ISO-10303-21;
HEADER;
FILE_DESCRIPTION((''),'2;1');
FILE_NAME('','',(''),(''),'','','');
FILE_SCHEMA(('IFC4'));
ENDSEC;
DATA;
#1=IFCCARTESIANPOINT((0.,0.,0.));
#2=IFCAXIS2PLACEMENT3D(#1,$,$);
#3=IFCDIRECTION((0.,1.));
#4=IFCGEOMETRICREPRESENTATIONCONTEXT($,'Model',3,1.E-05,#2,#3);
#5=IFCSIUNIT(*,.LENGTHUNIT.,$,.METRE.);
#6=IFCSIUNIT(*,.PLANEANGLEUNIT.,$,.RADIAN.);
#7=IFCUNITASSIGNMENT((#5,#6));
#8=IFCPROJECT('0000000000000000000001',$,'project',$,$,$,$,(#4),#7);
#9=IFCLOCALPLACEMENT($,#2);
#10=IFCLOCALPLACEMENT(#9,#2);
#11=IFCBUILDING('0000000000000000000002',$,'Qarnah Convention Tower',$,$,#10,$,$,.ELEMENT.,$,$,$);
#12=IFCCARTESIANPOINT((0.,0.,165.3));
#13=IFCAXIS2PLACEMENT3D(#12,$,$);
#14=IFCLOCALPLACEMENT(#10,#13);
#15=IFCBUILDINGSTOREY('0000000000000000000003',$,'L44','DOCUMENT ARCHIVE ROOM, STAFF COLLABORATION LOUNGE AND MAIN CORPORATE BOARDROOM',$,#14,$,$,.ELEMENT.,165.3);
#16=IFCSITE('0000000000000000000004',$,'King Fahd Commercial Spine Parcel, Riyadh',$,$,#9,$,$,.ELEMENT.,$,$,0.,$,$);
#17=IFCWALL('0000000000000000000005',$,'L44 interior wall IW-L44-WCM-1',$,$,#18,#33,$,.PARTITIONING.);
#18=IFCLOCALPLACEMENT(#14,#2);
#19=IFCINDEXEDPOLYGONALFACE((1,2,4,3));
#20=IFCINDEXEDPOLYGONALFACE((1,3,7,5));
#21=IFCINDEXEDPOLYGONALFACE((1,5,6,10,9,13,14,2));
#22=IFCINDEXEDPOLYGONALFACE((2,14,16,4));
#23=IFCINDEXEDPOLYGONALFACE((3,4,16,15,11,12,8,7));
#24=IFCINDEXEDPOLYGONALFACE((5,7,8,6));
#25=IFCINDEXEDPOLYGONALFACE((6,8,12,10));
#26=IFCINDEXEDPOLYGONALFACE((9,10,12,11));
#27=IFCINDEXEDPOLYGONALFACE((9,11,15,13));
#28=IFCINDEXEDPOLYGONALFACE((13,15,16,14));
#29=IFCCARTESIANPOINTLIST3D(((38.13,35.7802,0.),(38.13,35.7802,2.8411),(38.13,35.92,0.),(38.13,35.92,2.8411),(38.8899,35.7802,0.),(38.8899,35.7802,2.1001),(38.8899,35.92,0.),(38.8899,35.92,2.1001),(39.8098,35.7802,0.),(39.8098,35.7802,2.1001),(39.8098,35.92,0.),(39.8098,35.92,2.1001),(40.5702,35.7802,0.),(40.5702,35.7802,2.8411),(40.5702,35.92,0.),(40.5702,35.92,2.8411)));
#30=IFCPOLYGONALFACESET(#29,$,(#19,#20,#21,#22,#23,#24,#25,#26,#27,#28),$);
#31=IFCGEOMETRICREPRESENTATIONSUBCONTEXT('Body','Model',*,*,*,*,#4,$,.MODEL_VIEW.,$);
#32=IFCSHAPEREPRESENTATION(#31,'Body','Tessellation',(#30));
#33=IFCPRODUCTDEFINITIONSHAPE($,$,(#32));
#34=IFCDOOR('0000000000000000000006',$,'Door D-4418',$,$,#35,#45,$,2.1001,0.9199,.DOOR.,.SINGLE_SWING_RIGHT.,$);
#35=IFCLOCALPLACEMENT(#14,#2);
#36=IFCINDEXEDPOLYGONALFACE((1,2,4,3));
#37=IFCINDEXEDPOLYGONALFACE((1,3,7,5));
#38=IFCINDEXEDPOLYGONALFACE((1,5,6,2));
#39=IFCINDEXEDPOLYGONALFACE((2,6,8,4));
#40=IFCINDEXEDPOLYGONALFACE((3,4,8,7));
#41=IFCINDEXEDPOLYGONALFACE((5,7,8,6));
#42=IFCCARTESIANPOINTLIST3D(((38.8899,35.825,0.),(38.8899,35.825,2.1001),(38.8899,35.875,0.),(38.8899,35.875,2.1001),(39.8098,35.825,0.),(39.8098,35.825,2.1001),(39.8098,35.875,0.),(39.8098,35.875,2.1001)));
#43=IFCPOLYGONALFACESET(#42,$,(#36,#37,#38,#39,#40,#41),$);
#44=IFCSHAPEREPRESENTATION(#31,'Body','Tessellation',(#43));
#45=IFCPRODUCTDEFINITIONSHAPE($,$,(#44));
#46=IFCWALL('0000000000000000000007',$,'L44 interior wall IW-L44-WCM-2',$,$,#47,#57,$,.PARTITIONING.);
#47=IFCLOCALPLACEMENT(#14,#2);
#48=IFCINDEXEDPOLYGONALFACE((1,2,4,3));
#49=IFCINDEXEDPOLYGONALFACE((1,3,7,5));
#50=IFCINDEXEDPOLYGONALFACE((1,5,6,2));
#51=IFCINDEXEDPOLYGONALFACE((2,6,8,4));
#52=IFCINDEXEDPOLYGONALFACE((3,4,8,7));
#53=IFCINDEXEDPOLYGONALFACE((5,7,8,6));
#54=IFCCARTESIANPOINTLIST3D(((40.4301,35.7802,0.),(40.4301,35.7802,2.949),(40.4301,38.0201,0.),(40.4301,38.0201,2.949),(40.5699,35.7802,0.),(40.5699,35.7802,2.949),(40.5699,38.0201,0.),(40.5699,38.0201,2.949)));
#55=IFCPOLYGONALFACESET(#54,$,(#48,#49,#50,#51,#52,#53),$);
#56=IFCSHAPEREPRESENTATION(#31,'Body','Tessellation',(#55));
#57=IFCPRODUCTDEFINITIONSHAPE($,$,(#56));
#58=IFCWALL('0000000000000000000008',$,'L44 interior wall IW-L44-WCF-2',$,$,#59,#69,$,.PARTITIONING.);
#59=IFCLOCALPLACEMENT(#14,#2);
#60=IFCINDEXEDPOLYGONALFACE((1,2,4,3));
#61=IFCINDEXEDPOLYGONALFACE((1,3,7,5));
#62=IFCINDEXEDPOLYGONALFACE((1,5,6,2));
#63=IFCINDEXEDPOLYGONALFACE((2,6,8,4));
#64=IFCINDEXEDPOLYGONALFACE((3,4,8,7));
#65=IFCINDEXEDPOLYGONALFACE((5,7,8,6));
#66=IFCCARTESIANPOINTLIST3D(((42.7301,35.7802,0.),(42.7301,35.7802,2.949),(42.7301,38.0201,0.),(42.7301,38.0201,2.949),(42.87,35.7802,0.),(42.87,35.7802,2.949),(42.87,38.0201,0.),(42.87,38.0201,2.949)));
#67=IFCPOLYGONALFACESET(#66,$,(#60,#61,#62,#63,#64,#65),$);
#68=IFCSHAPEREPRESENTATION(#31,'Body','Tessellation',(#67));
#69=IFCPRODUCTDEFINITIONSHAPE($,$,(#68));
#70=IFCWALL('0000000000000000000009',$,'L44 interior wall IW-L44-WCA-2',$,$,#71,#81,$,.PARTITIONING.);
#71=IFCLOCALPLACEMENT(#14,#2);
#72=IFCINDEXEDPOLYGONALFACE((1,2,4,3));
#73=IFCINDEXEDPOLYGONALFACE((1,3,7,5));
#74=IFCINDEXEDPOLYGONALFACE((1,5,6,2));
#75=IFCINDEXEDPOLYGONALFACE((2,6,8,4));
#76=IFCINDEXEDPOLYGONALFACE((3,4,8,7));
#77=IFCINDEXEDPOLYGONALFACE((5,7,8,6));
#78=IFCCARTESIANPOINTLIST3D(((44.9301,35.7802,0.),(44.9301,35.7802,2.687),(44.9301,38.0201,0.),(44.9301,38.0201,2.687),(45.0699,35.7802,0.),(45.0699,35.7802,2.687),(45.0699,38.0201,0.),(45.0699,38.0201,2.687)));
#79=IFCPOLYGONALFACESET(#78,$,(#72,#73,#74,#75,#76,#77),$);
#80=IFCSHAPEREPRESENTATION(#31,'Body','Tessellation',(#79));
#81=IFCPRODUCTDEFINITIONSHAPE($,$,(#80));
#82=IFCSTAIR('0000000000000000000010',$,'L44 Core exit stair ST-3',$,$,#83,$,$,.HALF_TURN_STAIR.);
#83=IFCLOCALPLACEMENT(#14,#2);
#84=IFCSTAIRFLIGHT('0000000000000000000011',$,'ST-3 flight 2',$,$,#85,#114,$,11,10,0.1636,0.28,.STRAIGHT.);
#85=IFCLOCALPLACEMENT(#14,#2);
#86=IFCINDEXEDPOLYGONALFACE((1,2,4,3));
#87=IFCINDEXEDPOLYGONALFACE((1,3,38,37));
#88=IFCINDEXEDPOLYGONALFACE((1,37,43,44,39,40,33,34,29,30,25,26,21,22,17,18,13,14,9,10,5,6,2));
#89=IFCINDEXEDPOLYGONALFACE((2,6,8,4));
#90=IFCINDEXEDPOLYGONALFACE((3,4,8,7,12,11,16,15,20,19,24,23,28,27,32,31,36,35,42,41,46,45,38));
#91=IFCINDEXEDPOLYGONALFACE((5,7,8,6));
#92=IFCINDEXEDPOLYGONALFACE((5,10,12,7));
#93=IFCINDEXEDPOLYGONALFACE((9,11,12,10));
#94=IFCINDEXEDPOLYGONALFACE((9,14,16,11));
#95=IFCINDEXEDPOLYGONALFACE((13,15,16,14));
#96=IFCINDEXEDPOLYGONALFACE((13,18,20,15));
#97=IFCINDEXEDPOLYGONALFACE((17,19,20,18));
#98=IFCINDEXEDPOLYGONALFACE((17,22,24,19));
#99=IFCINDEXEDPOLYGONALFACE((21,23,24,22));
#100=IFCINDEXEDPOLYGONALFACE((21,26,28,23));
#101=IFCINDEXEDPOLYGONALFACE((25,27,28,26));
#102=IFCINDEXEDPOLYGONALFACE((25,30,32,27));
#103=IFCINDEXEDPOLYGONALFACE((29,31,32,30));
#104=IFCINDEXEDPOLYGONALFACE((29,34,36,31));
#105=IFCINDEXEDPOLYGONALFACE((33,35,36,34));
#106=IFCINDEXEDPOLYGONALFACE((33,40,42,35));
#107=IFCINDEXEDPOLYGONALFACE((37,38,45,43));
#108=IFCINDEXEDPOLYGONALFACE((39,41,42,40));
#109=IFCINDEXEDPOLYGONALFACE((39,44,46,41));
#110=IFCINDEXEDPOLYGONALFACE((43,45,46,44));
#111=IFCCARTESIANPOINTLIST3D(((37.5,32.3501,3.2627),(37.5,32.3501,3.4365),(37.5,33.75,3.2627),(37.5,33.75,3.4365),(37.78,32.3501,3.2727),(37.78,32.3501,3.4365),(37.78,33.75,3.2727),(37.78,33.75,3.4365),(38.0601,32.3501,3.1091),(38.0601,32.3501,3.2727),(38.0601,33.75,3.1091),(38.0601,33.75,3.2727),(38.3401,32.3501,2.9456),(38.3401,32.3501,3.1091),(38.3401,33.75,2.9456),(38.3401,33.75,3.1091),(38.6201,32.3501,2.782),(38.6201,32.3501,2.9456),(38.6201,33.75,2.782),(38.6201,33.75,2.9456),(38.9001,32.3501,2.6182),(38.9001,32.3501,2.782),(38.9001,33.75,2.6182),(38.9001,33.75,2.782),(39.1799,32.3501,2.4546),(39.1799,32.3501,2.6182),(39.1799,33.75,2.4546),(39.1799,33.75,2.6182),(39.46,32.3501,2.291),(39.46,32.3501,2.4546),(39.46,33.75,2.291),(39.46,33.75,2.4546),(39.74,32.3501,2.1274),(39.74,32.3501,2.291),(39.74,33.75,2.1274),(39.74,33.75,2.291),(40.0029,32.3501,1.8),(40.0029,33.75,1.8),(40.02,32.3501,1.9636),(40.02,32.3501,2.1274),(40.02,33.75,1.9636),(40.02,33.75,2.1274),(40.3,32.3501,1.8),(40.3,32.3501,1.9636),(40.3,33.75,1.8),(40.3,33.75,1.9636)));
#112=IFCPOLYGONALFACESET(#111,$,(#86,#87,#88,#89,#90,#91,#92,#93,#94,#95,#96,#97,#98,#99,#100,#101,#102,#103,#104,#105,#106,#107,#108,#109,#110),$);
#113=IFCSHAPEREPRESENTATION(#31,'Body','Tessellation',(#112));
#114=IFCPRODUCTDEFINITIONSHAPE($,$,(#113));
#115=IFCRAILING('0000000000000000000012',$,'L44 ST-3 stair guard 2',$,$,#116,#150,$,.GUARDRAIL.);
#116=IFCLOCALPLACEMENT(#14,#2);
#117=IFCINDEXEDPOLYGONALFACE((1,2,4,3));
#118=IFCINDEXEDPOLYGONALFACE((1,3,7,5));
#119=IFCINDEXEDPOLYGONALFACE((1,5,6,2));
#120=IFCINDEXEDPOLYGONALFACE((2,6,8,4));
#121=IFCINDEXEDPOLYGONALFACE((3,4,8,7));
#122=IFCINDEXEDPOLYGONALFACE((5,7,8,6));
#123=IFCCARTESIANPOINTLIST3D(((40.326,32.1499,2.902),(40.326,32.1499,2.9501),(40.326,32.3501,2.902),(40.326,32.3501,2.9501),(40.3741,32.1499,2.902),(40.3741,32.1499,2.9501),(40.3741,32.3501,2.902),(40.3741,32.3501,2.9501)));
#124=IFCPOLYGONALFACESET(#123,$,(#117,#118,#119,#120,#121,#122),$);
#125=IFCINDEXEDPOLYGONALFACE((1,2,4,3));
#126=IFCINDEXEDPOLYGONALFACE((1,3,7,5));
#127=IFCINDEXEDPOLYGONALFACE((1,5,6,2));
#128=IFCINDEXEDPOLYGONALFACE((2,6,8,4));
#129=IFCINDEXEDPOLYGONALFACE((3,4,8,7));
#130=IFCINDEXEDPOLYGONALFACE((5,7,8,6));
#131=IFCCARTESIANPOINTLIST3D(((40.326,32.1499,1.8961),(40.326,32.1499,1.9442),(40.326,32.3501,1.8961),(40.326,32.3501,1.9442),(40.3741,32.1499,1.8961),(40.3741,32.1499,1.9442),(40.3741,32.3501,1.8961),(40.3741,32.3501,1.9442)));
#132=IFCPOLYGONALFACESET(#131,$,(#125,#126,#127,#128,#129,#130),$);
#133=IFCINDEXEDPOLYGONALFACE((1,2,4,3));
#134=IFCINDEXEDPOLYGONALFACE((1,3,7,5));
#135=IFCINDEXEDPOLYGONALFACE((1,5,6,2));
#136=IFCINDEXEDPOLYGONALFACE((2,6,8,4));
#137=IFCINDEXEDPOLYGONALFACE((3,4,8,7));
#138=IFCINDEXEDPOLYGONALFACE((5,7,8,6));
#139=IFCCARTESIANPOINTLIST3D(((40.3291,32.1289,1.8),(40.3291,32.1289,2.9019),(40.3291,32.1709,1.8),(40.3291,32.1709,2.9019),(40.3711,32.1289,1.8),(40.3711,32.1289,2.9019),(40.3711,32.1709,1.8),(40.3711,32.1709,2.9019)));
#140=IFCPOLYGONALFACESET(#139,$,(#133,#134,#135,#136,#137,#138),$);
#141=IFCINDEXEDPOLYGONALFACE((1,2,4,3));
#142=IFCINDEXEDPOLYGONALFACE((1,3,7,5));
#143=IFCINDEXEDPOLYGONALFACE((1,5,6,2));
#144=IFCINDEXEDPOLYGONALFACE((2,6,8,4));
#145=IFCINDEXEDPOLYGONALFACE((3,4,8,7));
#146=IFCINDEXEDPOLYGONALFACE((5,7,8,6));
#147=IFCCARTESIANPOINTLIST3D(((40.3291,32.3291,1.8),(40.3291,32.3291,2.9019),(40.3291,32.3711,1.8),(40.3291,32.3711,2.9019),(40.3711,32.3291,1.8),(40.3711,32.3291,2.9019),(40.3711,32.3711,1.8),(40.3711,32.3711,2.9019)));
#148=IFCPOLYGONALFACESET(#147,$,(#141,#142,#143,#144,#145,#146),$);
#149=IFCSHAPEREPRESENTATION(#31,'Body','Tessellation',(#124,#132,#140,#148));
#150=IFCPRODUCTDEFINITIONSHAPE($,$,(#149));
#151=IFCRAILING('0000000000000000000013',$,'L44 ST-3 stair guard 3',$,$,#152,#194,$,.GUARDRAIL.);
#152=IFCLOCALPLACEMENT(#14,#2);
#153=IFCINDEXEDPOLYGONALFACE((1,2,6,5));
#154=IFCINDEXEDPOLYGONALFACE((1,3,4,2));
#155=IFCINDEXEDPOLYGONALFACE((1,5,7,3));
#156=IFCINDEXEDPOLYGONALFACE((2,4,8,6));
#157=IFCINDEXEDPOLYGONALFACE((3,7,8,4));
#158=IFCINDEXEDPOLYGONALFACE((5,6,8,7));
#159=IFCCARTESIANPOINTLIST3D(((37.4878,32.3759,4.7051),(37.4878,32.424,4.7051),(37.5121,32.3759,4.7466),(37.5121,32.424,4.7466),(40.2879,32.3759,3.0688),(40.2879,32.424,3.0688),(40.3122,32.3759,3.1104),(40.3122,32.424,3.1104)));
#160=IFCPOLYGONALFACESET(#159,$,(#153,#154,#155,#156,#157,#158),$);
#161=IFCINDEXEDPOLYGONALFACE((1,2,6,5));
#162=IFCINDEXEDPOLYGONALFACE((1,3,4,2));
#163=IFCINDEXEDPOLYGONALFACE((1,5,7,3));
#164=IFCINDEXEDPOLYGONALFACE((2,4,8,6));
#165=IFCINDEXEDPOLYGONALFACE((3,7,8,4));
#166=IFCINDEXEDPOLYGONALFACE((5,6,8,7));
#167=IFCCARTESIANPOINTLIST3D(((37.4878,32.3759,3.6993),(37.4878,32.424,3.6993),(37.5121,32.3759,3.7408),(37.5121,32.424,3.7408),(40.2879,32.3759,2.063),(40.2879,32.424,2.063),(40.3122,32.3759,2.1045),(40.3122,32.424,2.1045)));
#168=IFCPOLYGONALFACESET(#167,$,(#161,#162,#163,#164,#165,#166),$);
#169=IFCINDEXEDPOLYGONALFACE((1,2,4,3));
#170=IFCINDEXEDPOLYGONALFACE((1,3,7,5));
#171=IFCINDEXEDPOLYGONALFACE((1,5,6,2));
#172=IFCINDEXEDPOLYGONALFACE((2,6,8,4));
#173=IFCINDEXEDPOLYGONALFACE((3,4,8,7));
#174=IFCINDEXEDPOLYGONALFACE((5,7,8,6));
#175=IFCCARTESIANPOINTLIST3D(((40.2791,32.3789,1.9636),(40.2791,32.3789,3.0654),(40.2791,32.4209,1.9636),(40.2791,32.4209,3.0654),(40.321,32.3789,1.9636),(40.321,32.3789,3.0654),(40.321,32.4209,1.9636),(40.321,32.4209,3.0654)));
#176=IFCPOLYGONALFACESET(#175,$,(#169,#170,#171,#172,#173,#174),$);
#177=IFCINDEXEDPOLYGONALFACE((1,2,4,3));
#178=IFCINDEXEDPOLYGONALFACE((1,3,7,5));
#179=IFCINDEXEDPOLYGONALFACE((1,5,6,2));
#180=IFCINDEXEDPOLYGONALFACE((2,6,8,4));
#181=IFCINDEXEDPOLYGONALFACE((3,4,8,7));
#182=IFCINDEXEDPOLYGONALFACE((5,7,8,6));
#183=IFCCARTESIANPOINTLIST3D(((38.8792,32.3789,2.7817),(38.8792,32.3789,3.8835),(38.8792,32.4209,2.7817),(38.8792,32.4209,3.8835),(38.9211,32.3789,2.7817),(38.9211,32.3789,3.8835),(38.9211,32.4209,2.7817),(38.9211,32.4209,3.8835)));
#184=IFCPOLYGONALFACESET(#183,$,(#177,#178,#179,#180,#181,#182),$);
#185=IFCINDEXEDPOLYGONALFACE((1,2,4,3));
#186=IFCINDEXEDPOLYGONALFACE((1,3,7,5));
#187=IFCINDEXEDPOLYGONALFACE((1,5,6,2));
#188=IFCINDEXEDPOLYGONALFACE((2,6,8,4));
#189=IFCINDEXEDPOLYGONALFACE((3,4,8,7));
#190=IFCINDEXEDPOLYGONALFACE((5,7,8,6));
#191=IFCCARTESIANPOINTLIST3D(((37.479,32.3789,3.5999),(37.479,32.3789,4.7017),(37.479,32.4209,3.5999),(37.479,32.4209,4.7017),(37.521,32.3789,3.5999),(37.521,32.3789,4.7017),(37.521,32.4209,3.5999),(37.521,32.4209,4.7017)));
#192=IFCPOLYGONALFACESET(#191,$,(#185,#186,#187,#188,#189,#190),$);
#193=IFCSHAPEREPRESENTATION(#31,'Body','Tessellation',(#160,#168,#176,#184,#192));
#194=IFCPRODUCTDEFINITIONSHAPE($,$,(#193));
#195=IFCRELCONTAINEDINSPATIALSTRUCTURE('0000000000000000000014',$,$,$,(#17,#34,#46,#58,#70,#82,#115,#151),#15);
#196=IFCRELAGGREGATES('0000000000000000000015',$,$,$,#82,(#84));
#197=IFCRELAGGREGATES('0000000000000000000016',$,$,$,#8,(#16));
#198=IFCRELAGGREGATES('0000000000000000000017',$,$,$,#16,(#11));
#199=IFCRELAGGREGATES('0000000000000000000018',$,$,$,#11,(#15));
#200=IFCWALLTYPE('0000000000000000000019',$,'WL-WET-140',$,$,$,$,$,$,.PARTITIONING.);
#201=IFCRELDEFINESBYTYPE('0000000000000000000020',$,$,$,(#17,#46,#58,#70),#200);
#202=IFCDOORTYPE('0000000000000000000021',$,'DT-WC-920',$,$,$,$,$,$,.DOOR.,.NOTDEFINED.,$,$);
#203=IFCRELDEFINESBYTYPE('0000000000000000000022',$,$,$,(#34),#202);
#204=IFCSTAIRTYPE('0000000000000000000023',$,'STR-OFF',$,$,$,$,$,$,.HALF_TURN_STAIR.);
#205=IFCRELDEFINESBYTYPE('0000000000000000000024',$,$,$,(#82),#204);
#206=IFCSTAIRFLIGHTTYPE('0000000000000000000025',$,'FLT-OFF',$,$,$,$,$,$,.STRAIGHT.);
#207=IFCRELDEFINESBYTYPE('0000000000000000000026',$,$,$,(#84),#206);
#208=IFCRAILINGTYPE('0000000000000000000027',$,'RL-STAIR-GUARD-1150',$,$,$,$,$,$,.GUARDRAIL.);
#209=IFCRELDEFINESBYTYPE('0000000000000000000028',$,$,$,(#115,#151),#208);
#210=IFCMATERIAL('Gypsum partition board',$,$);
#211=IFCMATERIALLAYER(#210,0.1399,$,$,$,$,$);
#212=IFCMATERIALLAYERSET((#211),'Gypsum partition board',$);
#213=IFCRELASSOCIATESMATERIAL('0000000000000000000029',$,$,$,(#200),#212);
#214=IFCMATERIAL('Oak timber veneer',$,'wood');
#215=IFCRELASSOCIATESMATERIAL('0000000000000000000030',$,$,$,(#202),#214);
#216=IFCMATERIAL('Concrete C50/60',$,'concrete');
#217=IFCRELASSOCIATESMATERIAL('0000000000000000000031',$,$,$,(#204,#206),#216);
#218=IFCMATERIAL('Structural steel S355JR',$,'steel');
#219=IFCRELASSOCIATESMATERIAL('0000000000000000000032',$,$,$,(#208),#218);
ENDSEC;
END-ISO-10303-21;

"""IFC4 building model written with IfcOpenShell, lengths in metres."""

from ifc_helpers import new_model, si_unit, direction, frame, frame_2d, origin, origin_2d, place, context, subcontext, project, spatial, polyline, rectangle, outline, extrude, material, layer, layer_set, type_object, element, fill, aggregate, save


model = new_model("IFC4")

# Units and contexts
model_context = context("Model", 3, precision=1e-05, world=origin(), true_north=direction((0.0, 1.0)))
body_context = subcontext(model_context, "Body", "Model", "MODEL_VIEW")
ifc_project = project(units=[si_unit("LENGTHUNIT", "METRE"), si_unit("PLANEANGLEUNIT", "RADIAN")], contexts=[model_context])

# Site, building, storey
site_placement = place(None, origin())
site = spatial("IfcSite", under=ifc_project, at=site_placement, Name="King Fahd Commercial Spine Parcel, Riyadh", CompositionType="ELEMENT", RefElevation=0.0)
building_placement = place(site_placement, origin())
building = spatial("IfcBuilding", under=site, at=building_placement, Name="Qarnah Convention Tower", CompositionType="ELEMENT")
storey_placement = place(building_placement, frame((0.0, 0.0, 165.3)))
storey = spatial("IfcBuildingStorey", under=building, at=storey_placement, Name="L44", Description="DOCUMENT ARCHIVE ROOM, STAFF COLLABORATION LOUNGE AND MAIN CORPORATE BOARDROOM", CompositionType="ELEMENT", Elevation=165.3)

# Shared definitions
ifc_material_1 = material(Name="Structural steel S355JR", Category="steel")

# Shared definitions
ifc_material_2 = material(Name="Gypsum partition board")

# Wall, opening, door
ifc_layer_1 = layer(ifc_material_2, 0.1399)
ifc_layer_set_1 = layer_set([ifc_layer_1], Name="Gypsum partition board")
wall_type_1 = type_object("IfcWallType", Name="WL-WET-140", PredefinedType="PARTITIONING", material=ifc_layer_set_1)
wall_1_placement = place(storey_placement, frame((38.1299, 35.8501, 0.0), z_axis=(0.0, 0.0, 1.0), x_axis=(1.0, 0.0, 0.0)))
wall_1 = element("IfcWall", 1, at=wall_1_placement, inside=storey, type_object=wall_type_1, Name="L44 interior wall IW-L44-WCM-1", PredefinedType="PARTITIONING", context=body_context, shape_type="SweptSolid", body=[
    extrude(rectangle(XDim=2.4402, YDim=0.1399, at=frame_2d((1.2202, 0.0))), origin(), (0.0, 0.0, 1.0), 2.8411),
])
opening_1_placement = place(wall_1_placement, frame((0.76, 0.0, 0.0)))
opening_1 = element("IfcOpeningElement", 2, at=opening_1_placement, cuts=wall_1, PredefinedType="OPENING", context=body_context, shape_type="SweptSolid", body=[
    extrude(rectangle(XDim=0.9199, YDim=2.1001, at=frame_2d((0.46, 1.05))), frame((0.0, 0.0798, 0.0), z_axis=(0.0, -1.0, 0.0), x_axis=(1.0, 0.0, 0.0)), (0.0, 0.0, 1.0), 0.1599),
])
ifc_material_3 = material(Name="Oak timber veneer", Category="wood")
door_type_1 = type_object("IfcDoorType", Name="DT-WC-920", OperationType="NOTDEFINED", PredefinedType="DOOR", material=ifc_material_3)
door_1_placement = place(opening_1_placement, origin())
door_1 = element("IfcDoor", 3, at=door_1_placement, inside=storey, type_object=door_type_1, Name="Door D-4418", OperationType="SINGLE_SWING_RIGHT", OverallHeight=2.1001, OverallWidth=0.9199, PredefinedType="DOOR", context=body_context, shape_type="SweptSolid", body=[
    extrude(rectangle(XDim=0.9199, YDim=2.1001, at=frame_2d((0.46, 1.05))), frame((0.0, 0.0249, 0.0), z_axis=(0.0, -1.0, 0.0), x_axis=(1.0, 0.0, 0.0)), (0.0, 0.0, 1.0), 0.05),
])
fill(opening_1, door_1)

# Walls
for number, where, z_axis, x_axis, name in (
    (4, (40.5, 35.78, 0.0), (0.0, 0.0, 1.0), (0.0, 1.0, 0.0), "L44 interior wall IW-L44-WCM-2"),
    (5, (42.8, 35.78, 0.0), (0.0, 0.0, 1.0), (0.0, 1.0, 0.0), "L44 interior wall IW-L44-WCF-2"),
):
    element("IfcWall", number, at=place(storey_placement, frame(where, z_axis=z_axis, x_axis=x_axis)), inside=storey, type_object=wall_type_1, Name=name, PredefinedType="PARTITIONING", context=body_context, shape_type="SweptSolid", body=[
        extrude(rectangle(XDim=2.24, YDim=0.1399, at=frame_2d((1.1201, 0.0))), origin(), (0.0, 0.0, 1.0), 2.949),
    ])
wall_2_placement = place(storey_placement, frame((45.0, 35.78, 0.0), z_axis=(0.0, 0.0, 1.0), x_axis=(0.0, 1.0, 0.0)))
element("IfcWall", 6, at=wall_2_placement, inside=storey, type_object=wall_type_1, Name="L44 interior wall IW-L44-WCA-2", PredefinedType="PARTITIONING", context=body_context, shape_type="SweptSolid", body=[
    extrude(rectangle(XDim=2.24, YDim=0.1399, at=frame_2d((1.1201, 0.0))), origin(), (0.0, 0.0, 1.0), 2.687),
])

# Stair, stair flight
ifc_material_4 = material(Name="Concrete C50/60", Category="concrete")
stair_type = type_object("IfcStairType", Name="STR-OFF", PredefinedType="HALF_TURN_STAIR", material=ifc_material_4)
stair_placement = place(storey_placement, origin())
stair = element("IfcStair", 7, at=stair_placement, inside=storey, type_object=stair_type, Name="L44 Core exit stair ST-3", PredefinedType="HALF_TURN_STAIR")
stair_flight_type = type_object("IfcStairFlightType", Name="FLT-OFF", PredefinedType="STRAIGHT", material=ifc_material_4)
stair_flight_placement = place(storey_placement, frame((40.3, 33.05, 1.8), z_axis=(0.0, 0.0, 1.0), x_axis=(-1.0, 0.0, 0.0)))
stair_flight = element("IfcStairFlight", 8, at=stair_flight_placement, type_object=stair_flight_type, Name="ST-3 flight 2", NumberOfRisers=11, NumberOfTreads=10, PredefinedType="STRAIGHT", RiserHeight=0.1636, TreadLength=0.28, context=body_context, shape_type="SweptSolid", body=[
    extrude(outline(polyline([(0.0, 0.0), (0.0, 0.1636), (0.28, 0.1636), (0.28, 0.3274), (0.5601, 0.3274), (0.5601, 0.491), (0.8401, 0.491), (0.8401, 0.6545), (1.1201, 0.6545), (1.1201, 0.8181), (1.3999, 0.8181), (1.3999, 0.9819), (1.6799, 0.9819), (1.6799, 1.1455), (1.96, 1.1455), (1.96, 1.3091), (2.24, 1.3091), (2.24, 1.4727), (2.52, 1.4727), (2.52, 1.6365), (2.8, 1.6365), (2.8, 1.8), (2.8, 1.4626), (0.2971, 0.0), (0.0, 0.0)])), frame((0.0, 0.7, 0.0), z_axis=(0.0, -1.0, 0.0), x_axis=(1.0, 0.0, 0.0)), (0.0, 0.0, 1.0), 1.3999),
])
aggregate(stair, [stair_flight])

# Railings
railing_type_1 = type_object("IfcRailingType", Name="RL-STAIR-GUARD-1150", PredefinedType="GUARDRAIL", material=ifc_material_1)
railing_1_placement = place(storey_placement, frame((40.3501, 32.1499, 1.8)))
element("IfcRailing", 9, at=railing_1_placement, inside=storey, type_object=railing_type_1, Name="L44 ST-3 stair guard 2", PredefinedType="GUARDRAIL", context=body_context, shape_type="SweptSolid", body=[
    extrude(rectangle(XDim=0.0481, YDim=0.0481, at=origin_2d()), frame((0.0, 0.0, 1.126), z_axis=(0.0, 1.0, 0.0), x_axis=(-1.0, 0.0, 0.0)), (0.0, 0.0, 1.0), 0.2002),
    extrude(rectangle(XDim=0.0481, YDim=0.0481, at=origin_2d()), frame((0.0, 0.0, 0.1201), z_axis=(0.0, 1.0, 0.0), x_axis=(-1.0, 0.0, 0.0)), (0.0, 0.0, 1.0), 0.2002),
    extrude(rectangle(XDim=0.042, YDim=0.042, at=origin_2d()), origin(), (0.0, 0.0, 1.0), 1.1018),
    extrude(rectangle(XDim=0.042, YDim=0.042, at=origin_2d()), frame((0.0, 0.2002, 0.0)), (0.0, 0.0, 1.0), 1.1018),
])
railing_2_placement = place(storey_placement, frame((40.3, 32.3999, 1.9636)))
element("IfcRailing", 10, at=railing_2_placement, inside=storey, type_object=railing_type_1, Name="L44 ST-3 stair guard 3", PredefinedType="GUARDRAIL", context=body_context, shape_type="SweptSolid", body=[
    extrude(rectangle(XDim=0.0481, YDim=0.0481, at=origin_2d()), frame((0.0, 0.0, 1.126), z_axis=(-0.863394, 0.0, 0.504531), x_axis=(0.0, -1.0, 0.0)), (0.0, 0.0, 1.0), 3.2432),
    extrude(rectangle(XDim=0.0481, YDim=0.0481, at=origin_2d()), frame((0.0, 0.0, 0.1201), z_axis=(-0.863394, 0.0, 0.504531), x_axis=(0.0, -1.0, 0.0)), (0.0, 0.0, 1.0), 3.2432),
    extrude(rectangle(XDim=0.042, YDim=0.042, at=origin_2d()), origin(), (0.0, 0.0, 1.0), 1.1018),
    extrude(rectangle(XDim=0.042, YDim=0.042, at=origin_2d()), frame((-1.3999, 0.0, 0.8181)), (0.0, 0.0, 1.0), 1.1018),
    extrude(rectangle(XDim=0.042, YDim=0.042, at=origin_2d()), frame((-2.8, 0.0, 1.6362)), (0.0, 0.0, 1.0), 1.1018),
])

save(model, "model.ifc")
